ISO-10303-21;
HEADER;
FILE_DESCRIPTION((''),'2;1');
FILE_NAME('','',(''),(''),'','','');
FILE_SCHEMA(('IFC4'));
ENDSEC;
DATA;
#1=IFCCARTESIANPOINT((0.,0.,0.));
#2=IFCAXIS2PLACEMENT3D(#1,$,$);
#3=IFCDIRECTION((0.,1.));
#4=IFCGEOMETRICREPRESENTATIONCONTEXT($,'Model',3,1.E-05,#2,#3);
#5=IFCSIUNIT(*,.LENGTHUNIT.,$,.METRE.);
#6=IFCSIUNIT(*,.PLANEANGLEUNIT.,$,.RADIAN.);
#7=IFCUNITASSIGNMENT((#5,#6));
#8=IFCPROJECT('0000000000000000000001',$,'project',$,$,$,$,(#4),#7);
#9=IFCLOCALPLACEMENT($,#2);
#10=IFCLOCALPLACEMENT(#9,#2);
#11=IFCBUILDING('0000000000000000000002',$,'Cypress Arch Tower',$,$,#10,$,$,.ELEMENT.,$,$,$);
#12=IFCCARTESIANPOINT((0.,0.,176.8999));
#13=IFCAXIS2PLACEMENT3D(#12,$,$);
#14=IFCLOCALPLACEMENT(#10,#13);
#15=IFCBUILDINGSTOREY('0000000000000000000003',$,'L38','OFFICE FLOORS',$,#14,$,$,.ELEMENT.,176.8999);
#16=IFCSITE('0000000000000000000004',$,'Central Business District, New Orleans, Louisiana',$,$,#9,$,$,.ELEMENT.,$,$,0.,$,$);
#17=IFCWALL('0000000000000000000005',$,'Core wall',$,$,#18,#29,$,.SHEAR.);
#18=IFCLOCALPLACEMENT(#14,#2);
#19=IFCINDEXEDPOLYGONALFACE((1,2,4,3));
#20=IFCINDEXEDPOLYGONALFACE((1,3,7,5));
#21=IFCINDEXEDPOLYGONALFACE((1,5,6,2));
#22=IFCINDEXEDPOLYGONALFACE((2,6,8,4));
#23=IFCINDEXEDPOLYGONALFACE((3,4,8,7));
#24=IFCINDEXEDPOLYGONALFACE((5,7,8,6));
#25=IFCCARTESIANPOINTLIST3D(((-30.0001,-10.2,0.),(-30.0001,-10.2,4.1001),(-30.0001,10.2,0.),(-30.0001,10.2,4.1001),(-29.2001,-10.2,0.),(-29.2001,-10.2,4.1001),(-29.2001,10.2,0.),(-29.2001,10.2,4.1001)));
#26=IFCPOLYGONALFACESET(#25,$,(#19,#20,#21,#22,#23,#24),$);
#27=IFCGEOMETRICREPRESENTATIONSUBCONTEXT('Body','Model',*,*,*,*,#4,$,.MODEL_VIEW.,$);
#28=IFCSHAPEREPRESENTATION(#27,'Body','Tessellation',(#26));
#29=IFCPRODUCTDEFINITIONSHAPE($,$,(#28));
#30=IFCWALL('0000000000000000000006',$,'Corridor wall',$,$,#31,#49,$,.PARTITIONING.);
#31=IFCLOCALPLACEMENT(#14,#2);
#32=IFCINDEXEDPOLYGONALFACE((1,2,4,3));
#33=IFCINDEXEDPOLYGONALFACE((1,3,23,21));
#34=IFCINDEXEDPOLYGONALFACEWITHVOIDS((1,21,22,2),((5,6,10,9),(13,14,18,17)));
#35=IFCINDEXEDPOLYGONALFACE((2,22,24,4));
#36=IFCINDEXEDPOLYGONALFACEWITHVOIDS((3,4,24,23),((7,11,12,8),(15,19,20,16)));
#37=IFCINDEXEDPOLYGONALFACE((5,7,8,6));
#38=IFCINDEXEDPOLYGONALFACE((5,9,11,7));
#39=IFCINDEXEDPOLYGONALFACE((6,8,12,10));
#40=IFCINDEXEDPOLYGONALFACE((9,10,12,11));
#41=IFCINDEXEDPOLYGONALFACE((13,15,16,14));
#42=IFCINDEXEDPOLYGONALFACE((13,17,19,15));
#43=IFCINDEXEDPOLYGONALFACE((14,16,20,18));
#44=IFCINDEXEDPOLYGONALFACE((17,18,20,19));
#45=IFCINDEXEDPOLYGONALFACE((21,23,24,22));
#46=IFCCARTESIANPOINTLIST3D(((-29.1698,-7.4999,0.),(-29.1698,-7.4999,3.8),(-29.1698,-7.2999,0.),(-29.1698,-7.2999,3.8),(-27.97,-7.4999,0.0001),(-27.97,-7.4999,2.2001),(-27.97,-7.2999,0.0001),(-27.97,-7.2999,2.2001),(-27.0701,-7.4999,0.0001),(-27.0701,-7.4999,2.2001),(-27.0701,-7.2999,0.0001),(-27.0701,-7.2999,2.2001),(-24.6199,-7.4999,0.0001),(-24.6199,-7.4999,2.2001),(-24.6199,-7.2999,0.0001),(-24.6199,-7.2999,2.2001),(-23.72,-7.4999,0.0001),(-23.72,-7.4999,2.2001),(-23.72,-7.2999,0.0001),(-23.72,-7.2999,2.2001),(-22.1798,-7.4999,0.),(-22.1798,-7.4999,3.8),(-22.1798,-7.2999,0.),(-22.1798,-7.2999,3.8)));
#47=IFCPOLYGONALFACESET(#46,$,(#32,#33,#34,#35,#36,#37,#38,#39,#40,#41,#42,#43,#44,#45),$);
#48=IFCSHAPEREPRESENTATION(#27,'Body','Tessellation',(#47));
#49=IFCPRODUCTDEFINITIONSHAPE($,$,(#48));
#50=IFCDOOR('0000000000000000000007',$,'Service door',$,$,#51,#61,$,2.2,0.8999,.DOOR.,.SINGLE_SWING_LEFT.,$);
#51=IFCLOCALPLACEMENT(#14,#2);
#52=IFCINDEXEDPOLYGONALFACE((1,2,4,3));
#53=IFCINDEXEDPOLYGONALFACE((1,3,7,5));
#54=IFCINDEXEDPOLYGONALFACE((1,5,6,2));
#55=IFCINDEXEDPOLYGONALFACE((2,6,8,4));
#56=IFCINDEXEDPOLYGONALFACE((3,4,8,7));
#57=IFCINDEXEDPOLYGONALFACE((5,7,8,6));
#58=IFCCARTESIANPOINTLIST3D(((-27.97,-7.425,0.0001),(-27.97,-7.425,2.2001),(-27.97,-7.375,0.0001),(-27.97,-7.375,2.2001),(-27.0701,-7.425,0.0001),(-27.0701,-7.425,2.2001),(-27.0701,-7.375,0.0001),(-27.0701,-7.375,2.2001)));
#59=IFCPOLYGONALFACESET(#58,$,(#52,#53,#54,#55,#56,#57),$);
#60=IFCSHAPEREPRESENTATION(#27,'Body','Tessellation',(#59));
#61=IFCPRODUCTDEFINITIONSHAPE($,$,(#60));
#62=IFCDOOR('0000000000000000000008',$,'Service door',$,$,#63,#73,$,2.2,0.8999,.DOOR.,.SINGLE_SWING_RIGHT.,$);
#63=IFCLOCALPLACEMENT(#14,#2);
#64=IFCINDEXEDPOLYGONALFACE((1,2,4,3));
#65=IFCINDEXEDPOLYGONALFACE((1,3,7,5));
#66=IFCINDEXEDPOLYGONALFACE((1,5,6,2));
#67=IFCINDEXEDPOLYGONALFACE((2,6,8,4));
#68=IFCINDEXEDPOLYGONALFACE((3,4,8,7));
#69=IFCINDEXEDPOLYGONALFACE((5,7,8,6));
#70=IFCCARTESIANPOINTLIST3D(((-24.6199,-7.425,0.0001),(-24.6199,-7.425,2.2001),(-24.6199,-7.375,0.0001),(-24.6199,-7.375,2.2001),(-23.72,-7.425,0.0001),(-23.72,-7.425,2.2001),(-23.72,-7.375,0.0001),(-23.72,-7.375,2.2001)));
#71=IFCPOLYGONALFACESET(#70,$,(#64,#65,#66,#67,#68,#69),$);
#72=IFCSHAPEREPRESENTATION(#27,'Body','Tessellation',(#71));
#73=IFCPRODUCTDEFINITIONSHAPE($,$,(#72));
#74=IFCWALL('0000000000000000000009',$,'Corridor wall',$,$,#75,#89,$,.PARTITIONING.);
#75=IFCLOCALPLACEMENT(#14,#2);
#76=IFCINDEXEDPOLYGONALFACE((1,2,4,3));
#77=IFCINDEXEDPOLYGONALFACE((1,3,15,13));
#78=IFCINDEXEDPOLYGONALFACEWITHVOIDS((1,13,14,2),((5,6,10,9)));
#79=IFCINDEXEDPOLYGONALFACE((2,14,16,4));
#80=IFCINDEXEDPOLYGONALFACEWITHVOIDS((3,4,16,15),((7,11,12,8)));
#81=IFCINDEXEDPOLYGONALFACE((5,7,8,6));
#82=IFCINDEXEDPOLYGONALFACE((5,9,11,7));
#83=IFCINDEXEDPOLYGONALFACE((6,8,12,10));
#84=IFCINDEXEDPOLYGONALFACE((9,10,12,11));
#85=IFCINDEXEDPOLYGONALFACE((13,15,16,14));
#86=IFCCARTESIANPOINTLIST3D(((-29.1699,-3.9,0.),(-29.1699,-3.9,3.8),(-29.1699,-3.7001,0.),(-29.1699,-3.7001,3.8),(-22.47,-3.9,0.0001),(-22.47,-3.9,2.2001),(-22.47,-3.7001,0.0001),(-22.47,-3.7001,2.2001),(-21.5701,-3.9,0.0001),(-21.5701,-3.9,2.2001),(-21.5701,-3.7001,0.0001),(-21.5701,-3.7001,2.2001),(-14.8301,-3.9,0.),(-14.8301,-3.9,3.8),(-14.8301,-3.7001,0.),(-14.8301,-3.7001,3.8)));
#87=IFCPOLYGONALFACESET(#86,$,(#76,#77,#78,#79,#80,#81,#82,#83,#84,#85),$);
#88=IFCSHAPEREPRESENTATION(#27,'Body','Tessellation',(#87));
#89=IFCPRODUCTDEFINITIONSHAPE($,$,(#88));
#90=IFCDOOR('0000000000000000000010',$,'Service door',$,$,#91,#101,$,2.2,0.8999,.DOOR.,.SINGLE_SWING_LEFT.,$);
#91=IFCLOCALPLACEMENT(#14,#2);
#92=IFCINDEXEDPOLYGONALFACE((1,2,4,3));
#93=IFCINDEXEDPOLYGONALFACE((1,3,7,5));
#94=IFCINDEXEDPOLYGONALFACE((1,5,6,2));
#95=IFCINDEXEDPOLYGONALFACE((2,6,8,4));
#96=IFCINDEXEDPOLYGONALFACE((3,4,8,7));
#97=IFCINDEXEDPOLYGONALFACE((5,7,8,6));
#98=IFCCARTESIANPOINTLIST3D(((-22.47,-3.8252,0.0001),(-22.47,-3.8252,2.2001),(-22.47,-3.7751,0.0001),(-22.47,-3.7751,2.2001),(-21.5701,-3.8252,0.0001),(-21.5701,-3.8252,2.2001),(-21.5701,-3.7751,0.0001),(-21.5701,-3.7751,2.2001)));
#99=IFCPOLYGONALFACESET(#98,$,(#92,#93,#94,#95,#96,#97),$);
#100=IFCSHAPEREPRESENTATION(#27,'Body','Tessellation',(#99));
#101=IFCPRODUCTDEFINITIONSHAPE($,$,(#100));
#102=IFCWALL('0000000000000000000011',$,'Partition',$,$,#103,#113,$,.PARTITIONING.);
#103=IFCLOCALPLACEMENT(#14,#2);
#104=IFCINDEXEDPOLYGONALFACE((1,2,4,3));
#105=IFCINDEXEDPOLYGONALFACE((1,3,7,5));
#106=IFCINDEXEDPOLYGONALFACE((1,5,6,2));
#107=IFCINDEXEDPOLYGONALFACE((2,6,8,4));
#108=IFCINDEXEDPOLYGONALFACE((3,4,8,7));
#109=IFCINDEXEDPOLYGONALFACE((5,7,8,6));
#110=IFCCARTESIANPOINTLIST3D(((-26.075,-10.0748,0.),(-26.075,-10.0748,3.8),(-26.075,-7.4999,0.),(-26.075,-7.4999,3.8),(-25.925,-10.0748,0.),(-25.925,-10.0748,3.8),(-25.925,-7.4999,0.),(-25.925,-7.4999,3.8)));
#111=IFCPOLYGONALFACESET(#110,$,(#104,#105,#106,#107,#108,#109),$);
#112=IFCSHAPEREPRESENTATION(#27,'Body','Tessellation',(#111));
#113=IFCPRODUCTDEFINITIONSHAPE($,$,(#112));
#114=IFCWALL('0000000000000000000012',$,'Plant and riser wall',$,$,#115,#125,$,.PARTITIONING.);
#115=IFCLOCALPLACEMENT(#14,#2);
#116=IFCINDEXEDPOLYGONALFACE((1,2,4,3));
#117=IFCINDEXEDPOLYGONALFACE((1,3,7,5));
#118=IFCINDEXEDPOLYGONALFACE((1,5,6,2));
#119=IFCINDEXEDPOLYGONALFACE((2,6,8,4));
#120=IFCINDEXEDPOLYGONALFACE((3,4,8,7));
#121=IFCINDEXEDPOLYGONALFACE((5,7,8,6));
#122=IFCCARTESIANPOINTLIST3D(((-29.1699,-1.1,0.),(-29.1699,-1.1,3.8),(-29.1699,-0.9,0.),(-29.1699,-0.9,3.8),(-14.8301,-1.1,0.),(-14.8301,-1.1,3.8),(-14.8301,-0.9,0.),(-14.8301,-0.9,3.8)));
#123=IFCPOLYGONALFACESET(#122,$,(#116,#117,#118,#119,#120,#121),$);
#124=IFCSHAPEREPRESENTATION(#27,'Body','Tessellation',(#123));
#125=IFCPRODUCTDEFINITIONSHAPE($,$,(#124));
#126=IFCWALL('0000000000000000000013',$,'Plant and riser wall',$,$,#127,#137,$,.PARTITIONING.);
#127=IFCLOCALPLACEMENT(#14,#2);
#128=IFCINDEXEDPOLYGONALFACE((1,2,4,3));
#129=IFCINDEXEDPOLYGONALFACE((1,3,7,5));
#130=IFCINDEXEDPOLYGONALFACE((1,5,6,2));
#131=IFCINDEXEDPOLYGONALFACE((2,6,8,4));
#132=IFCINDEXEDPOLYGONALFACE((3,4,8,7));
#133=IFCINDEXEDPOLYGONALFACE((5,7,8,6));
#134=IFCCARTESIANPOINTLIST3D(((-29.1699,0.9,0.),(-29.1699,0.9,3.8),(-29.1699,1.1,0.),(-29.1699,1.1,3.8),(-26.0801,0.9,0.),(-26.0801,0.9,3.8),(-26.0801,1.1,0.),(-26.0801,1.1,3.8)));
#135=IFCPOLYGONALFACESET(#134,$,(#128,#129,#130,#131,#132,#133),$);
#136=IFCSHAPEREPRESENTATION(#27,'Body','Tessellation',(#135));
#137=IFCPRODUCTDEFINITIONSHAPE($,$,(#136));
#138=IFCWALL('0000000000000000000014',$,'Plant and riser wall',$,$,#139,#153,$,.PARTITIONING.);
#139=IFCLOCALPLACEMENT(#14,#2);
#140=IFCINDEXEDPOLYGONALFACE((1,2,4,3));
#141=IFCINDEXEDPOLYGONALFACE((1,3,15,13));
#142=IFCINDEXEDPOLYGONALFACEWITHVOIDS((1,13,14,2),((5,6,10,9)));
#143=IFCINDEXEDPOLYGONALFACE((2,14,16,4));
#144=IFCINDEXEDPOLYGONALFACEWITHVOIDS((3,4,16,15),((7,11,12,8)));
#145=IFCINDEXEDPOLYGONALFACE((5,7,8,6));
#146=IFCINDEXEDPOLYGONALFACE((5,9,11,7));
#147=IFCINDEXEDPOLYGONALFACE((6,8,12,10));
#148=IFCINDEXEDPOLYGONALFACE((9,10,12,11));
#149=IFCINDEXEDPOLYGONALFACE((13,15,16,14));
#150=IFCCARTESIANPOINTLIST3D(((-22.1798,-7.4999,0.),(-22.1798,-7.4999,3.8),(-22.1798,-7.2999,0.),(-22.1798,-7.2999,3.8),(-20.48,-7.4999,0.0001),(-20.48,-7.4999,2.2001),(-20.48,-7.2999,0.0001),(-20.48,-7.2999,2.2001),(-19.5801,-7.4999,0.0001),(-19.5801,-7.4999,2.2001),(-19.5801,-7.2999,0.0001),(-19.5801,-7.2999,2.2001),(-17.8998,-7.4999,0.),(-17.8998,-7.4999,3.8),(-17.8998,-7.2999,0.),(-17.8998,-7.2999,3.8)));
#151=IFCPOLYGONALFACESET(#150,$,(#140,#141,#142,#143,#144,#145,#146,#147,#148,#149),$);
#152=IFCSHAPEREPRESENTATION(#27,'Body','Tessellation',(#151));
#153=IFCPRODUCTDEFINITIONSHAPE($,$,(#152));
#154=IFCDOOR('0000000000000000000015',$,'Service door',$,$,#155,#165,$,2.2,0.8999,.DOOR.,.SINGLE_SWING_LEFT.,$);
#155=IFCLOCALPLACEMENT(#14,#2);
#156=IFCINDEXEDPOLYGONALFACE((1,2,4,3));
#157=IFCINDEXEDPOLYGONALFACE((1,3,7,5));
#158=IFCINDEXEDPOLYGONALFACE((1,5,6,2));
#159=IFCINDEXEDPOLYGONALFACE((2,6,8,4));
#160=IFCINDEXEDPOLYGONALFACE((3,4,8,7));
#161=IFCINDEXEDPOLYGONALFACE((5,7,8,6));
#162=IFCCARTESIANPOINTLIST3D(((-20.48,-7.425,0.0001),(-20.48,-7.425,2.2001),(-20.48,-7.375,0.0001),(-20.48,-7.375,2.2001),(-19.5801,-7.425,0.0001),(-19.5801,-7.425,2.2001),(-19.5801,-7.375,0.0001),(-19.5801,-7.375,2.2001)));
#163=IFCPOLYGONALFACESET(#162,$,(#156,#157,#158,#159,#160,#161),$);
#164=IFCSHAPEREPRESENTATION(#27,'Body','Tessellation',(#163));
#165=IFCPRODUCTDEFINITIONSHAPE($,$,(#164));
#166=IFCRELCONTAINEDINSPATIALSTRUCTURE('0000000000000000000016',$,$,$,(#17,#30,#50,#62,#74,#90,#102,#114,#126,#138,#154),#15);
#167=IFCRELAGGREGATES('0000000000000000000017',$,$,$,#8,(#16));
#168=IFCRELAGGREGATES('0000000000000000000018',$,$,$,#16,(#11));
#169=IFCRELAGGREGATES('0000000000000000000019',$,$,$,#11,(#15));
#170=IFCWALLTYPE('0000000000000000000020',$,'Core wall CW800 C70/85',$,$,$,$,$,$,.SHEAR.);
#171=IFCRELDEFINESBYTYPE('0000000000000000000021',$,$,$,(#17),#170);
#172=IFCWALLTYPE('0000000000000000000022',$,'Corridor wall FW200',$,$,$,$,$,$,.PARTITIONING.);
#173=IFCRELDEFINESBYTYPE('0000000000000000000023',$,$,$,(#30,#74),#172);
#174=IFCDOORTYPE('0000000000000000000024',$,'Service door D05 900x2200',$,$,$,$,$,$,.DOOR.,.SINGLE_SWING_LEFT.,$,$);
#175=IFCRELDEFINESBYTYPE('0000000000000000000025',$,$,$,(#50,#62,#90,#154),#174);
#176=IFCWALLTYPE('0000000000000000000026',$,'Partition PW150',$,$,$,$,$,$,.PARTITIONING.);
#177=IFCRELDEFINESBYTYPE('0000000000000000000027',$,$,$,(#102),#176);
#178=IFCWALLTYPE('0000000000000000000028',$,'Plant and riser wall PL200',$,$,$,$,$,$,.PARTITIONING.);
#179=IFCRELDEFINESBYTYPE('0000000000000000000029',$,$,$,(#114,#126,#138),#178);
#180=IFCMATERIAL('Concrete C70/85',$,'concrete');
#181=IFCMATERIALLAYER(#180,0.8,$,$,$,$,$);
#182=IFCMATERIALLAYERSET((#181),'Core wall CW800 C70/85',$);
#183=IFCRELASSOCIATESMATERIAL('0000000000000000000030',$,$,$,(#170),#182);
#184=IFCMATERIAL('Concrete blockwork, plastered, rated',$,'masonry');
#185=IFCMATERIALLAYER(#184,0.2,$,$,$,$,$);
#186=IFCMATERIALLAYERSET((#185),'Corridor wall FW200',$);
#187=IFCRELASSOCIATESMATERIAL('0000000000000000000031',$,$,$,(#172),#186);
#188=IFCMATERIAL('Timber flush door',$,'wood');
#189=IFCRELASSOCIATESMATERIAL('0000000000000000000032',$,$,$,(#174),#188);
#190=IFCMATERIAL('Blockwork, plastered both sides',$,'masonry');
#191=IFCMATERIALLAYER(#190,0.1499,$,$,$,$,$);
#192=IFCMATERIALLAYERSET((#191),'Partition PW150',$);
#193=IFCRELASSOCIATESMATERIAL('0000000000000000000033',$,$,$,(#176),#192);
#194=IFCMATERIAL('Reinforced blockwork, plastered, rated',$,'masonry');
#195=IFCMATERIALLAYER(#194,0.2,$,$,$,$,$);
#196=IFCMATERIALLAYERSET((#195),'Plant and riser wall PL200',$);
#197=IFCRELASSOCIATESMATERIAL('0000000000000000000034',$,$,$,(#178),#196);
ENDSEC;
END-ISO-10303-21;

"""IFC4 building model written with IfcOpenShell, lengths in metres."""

from ifc_helpers import new_model, si_unit, direction, frame, frame_2d, origin, place, context, subcontext, project, spatial, rectangle, extrude, material, layer, layer_set, type_object, element, fill, save


model = new_model("IFC4")

# Units and contexts
model_context = context("Model", 3, precision=1e-05, world=origin(), true_north=direction((0.0, 1.0)))
body_context = subcontext(model_context, "Body", "Model", "MODEL_VIEW")
ifc_project = project(units=[si_unit("LENGTHUNIT", "METRE"), si_unit("PLANEANGLEUNIT", "RADIAN")], contexts=[model_context])

# Site, building, storey
site_placement = place(None, origin())
site = spatial("IfcSite", under=ifc_project, at=site_placement, Name="Central Business District, New Orleans, Louisiana", CompositionType="ELEMENT", RefElevation=0.0)
building_placement = place(site_placement, origin())
building = spatial("IfcBuilding", under=site, at=building_placement, Name="Cypress Arch Tower", CompositionType="ELEMENT")
storey_placement = place(building_placement, frame((0.0, 0.0, 176.8999)))
storey = spatial("IfcBuildingStorey", under=building, at=storey_placement, Name="L38", Description="OFFICE FLOORS", CompositionType="ELEMENT", Elevation=176.8999)

# Wall
ifc_material_1 = material(Name="Concrete C70/85", Category="concrete")
ifc_layer_1 = layer(ifc_material_1, 0.8)
ifc_layer_set_1 = layer_set([ifc_layer_1], Name="Core wall CW800 C70/85")
wall_type_1 = type_object("IfcWallType", Name="Core wall CW800 C70/85", PredefinedType="SHEAR", material=ifc_layer_set_1)
wall_1_placement = place(storey_placement, frame((-29.6001, -10.2, 0.0), z_axis=(0.0, 0.0, 1.0), x_axis=(0.0, 1.0, 0.0)))
element("IfcWall", 1, at=wall_1_placement, inside=storey, type_object=wall_type_1, Name="Core wall", PredefinedType="SHEAR", context=body_context, shape_type="SweptSolid", body=[
    extrude(rectangle(XDim=20.3999, YDim=0.8, at=frame_2d((10.2, 0.0))), origin(), (0.0, 0.0, 1.0), 4.1001),
])

# Wall, openings, doors
ifc_material_2 = material(Name="Concrete blockwork, plastered, rated", Category="masonry")
ifc_layer_2 = layer(ifc_material_2, 0.2)
ifc_layer_set_2 = layer_set([ifc_layer_2], Name="Corridor wall FW200")
wall_type_2 = type_object("IfcWallType", Name="Corridor wall FW200", PredefinedType="PARTITIONING", material=ifc_layer_set_2)
wall_2_placement = place(storey_placement, frame((-29.1699, -7.3999, 0.0), z_axis=(0.0, 0.0, 1.0), x_axis=(1.0, 0.0, 0.0)))
wall_2 = element("IfcWall", 2, at=wall_2_placement, inside=storey, type_object=wall_type_2, Name="Corridor wall", PredefinedType="PARTITIONING", context=body_context, shape_type="SweptSolid", body=[
    extrude(rectangle(XDim=6.99, YDim=0.2, at=frame_2d((3.4951, 0.0))), origin(), (0.0, 0.0, 1.0), 3.8),
])
opening_1_placement = place(wall_2_placement, frame((1.2, 0.0, 0.0)))
opening_1 = element("IfcOpeningElement", 3, at=opening_1_placement, cuts=wall_2, PredefinedType="OPENING", context=body_context, shape_type="SweptSolid", body=[
    extrude(rectangle(XDim=0.8999, YDim=2.2, at=frame_2d((0.45, 1.1001))), frame((0.0, 0.1099, 0.0), z_axis=(0.0, -1.0, 0.0), x_axis=(1.0, 0.0, 0.0)), (0.0, 0.0, 1.0), 0.22),
])
opening_2_placement = place(wall_2_placement, frame((4.55, 0.0, 0.0)))
opening_2 = element("IfcOpeningElement", 4, at=opening_2_placement, cuts=wall_2, PredefinedType="OPENING", context=body_context, shape_type="SweptSolid", body=[
    extrude(rectangle(XDim=0.8999, YDim=2.2, at=frame_2d((0.45, 1.1001))), frame((0.0, 0.1099, 0.0), z_axis=(0.0, -1.0, 0.0), x_axis=(1.0, 0.0, 0.0)), (0.0, 0.0, 1.0), 0.22),
])
ifc_material_3 = material(Name="Timber flush door", Category="wood")
door_type_1 = type_object("IfcDoorType", Name="Service door D05 900x2200", OperationType="SINGLE_SWING_LEFT", PredefinedType="DOOR", material=ifc_material_3)
door_1_placement = place(opening_1_placement, origin())
door_1 = element("IfcDoor", 5, at=door_1_placement, inside=storey, type_object=door_type_1, Name="Service door", OperationType="SINGLE_SWING_LEFT", OverallHeight=2.2, OverallWidth=0.8999, PredefinedType="DOOR", context=body_context, shape_type="SweptSolid", body=[
    extrude(rectangle(XDim=0.8999, YDim=2.2, at=frame_2d((0.45, 1.1001))), frame((0.0, 0.0249, 0.0), z_axis=(0.0, -1.0, 0.0), x_axis=(1.0, 0.0, 0.0)), (0.0, 0.0, 1.0), 0.05),
])
fill(opening_1, door_1)
door_2_placement = place(opening_2_placement, origin())
door_2 = element("IfcDoor", 6, at=door_2_placement, inside=storey, type_object=door_type_1, Name="Service door", OperationType="SINGLE_SWING_RIGHT", OverallHeight=2.2, OverallWidth=0.8999, PredefinedType="DOOR", context=body_context, shape_type="SweptSolid", body=[
    extrude(rectangle(XDim=0.8999, YDim=2.2, at=frame_2d((0.45, 1.1001))), frame((0.0, 0.0249, 0.0), z_axis=(0.0, -1.0, 0.0), x_axis=(1.0, 0.0, 0.0)), (0.0, 0.0, 1.0), 0.05),
])
fill(opening_2, door_2)

# Wall, opening, door
wall_3_placement = place(storey_placement, frame((-29.1699, -3.8, 0.0), z_axis=(0.0, 0.0, 1.0), x_axis=(1.0, 0.0, 0.0)))
wall_3 = element("IfcWall", 7, at=wall_3_placement, inside=storey, type_object=wall_type_2, Name="Corridor wall", PredefinedType="PARTITIONING", context=body_context, shape_type="SweptSolid", body=[
    extrude(rectangle(XDim=14.3398, YDim=0.2, at=frame_2d((7.1699, 0.0))), origin(), (0.0, 0.0, 1.0), 3.8),
])
opening_3_placement = place(wall_3_placement, frame((6.7, 0.0, 0.0)))
opening_3 = element("IfcOpeningElement", 8, at=opening_3_placement, cuts=wall_3, PredefinedType="OPENING", context=body_context, shape_type="SweptSolid", body=[
    extrude(rectangle(XDim=0.8999, YDim=2.2, at=frame_2d((0.45, 1.1001))), frame((0.0, 0.1099, 0.0), z_axis=(0.0, -1.0, 0.0), x_axis=(1.0, 0.0, 0.0)), (0.0, 0.0, 1.0), 0.22),
])
door_3_placement = place(opening_3_placement, origin())
door_3 = element("IfcDoor", 9, at=door_3_placement, inside=storey, type_object=door_type_1, Name="Service door", OperationType="SINGLE_SWING_LEFT", OverallHeight=2.2, OverallWidth=0.8999, PredefinedType="DOOR", context=body_context, shape_type="SweptSolid", body=[
    extrude(rectangle(XDim=0.8999, YDim=2.2, at=frame_2d((0.45, 1.1001))), frame((0.0, 0.0249, 0.0), z_axis=(0.0, -1.0, 0.0), x_axis=(1.0, 0.0, 0.0)), (0.0, 0.0, 1.0), 0.05),
])
fill(opening_3, door_3)

# Walls
ifc_material_4 = material(Name="Blockwork, plastered both sides", Category="masonry")
ifc_layer_3 = layer(ifc_material_4, 0.1499)
ifc_layer_set_3 = layer_set([ifc_layer_3], Name="Partition PW150")
wall_type_3 = type_object("IfcWallType", Name="Partition PW150", PredefinedType="PARTITIONING", material=ifc_layer_set_3)
wall_4_placement = place(storey_placement, frame((-26.0, -10.075, 0.0), z_axis=(0.0, 0.0, 1.0), x_axis=(0.0, 1.0, 0.0)))
element("IfcWall", 10, at=wall_4_placement, inside=storey, type_object=wall_type_3, Name="Partition", PredefinedType="PARTITIONING", context=body_context, shape_type="SweptSolid", body=[
    extrude(rectangle(XDim=2.575, YDim=0.1499, at=frame_2d((1.2876, 0.0))), origin(), (0.0, 0.0, 1.0), 3.8),
])
ifc_material_5 = material(Name="Reinforced blockwork, plastered, rated", Category="masonry")
ifc_layer_4 = layer(ifc_material_5, 0.2)
ifc_layer_set_4 = layer_set([ifc_layer_4], Name="Plant and riser wall PL200")
wall_type_4 = type_object("IfcWallType", Name="Plant and riser wall PL200", PredefinedType="PARTITIONING", material=ifc_layer_set_4)
wall_5_placement = place(storey_placement, frame((-29.1699, -1.0, 0.0), z_axis=(0.0, 0.0, 1.0), x_axis=(1.0, 0.0, 0.0)))
element("IfcWall", 11, at=wall_5_placement, inside=storey, type_object=wall_type_4, Name="Plant and riser wall", PredefinedType="PARTITIONING", context=body_context, shape_type="SweptSolid", body=[
    extrude(rectangle(XDim=14.3398, YDim=0.2, at=frame_2d((7.1699, 0.0))), origin(), (0.0, 0.0, 1.0), 3.8),
])
wall_6_placement = place(storey_placement, frame((-29.1699, 1.0, 0.0), z_axis=(0.0, 0.0, 1.0), x_axis=(1.0, 0.0, 0.0)))
element("IfcWall", 12, at=wall_6_placement, inside=storey, type_object=wall_type_4, Name="Plant and riser wall", PredefinedType="PARTITIONING", context=body_context, shape_type="SweptSolid", body=[
    extrude(rectangle(XDim=3.0898, YDim=0.2, at=frame_2d((1.5449, 0.0))), origin(), (0.0, 0.0, 1.0), 3.8),
])

# Wall, opening, door
wall_7_placement = place(storey_placement, frame((-22.1799, -7.3999, 0.0), z_axis=(0.0, 0.0, 1.0), x_axis=(1.0, 0.0, 0.0)))
wall_7 = element("IfcWall", 13, at=wall_7_placement, inside=storey, type_object=wall_type_4, Name="Plant and riser wall", PredefinedType="PARTITIONING", context=body_context, shape_type="SweptSolid", body=[
    extrude(rectangle(XDim=4.28, YDim=0.2, at=frame_2d((2.1401, 0.0))), origin(), (0.0, 0.0, 1.0), 3.8),
])
opening_4_placement = place(wall_7_placement, frame((1.7, 0.0, 0.0)))
opening_4 = element("IfcOpeningElement", 14, at=opening_4_placement, cuts=wall_7, PredefinedType="OPENING", context=body_context, shape_type="SweptSolid", body=[
    extrude(rectangle(XDim=0.8999, YDim=2.2, at=frame_2d((0.45, 1.1001))), frame((0.0, 0.1099, 0.0), z_axis=(0.0, -1.0, 0.0), x_axis=(1.0, 0.0, 0.0)), (0.0, 0.0, 1.0), 0.22),
])
door_4_placement = place(opening_4_placement, origin())
door_4 = element("IfcDoor", 15, at=door_4_placement, inside=storey, type_object=door_type_1, Name="Service door", OperationType="SINGLE_SWING_LEFT", OverallHeight=2.2, OverallWidth=0.8999, PredefinedType="DOOR", context=body_context, shape_type="SweptSolid", body=[
    extrude(rectangle(XDim=0.8999, YDim=2.2, at=frame_2d((0.45, 1.1001))), frame((0.0, 0.0249, 0.0), z_axis=(0.0, -1.0, 0.0), x_axis=(1.0, 0.0, 0.0)), (0.0, 0.0, 1.0), 0.05),
])
fill(opening_4, door_4)

save(model, "model.ifc")
